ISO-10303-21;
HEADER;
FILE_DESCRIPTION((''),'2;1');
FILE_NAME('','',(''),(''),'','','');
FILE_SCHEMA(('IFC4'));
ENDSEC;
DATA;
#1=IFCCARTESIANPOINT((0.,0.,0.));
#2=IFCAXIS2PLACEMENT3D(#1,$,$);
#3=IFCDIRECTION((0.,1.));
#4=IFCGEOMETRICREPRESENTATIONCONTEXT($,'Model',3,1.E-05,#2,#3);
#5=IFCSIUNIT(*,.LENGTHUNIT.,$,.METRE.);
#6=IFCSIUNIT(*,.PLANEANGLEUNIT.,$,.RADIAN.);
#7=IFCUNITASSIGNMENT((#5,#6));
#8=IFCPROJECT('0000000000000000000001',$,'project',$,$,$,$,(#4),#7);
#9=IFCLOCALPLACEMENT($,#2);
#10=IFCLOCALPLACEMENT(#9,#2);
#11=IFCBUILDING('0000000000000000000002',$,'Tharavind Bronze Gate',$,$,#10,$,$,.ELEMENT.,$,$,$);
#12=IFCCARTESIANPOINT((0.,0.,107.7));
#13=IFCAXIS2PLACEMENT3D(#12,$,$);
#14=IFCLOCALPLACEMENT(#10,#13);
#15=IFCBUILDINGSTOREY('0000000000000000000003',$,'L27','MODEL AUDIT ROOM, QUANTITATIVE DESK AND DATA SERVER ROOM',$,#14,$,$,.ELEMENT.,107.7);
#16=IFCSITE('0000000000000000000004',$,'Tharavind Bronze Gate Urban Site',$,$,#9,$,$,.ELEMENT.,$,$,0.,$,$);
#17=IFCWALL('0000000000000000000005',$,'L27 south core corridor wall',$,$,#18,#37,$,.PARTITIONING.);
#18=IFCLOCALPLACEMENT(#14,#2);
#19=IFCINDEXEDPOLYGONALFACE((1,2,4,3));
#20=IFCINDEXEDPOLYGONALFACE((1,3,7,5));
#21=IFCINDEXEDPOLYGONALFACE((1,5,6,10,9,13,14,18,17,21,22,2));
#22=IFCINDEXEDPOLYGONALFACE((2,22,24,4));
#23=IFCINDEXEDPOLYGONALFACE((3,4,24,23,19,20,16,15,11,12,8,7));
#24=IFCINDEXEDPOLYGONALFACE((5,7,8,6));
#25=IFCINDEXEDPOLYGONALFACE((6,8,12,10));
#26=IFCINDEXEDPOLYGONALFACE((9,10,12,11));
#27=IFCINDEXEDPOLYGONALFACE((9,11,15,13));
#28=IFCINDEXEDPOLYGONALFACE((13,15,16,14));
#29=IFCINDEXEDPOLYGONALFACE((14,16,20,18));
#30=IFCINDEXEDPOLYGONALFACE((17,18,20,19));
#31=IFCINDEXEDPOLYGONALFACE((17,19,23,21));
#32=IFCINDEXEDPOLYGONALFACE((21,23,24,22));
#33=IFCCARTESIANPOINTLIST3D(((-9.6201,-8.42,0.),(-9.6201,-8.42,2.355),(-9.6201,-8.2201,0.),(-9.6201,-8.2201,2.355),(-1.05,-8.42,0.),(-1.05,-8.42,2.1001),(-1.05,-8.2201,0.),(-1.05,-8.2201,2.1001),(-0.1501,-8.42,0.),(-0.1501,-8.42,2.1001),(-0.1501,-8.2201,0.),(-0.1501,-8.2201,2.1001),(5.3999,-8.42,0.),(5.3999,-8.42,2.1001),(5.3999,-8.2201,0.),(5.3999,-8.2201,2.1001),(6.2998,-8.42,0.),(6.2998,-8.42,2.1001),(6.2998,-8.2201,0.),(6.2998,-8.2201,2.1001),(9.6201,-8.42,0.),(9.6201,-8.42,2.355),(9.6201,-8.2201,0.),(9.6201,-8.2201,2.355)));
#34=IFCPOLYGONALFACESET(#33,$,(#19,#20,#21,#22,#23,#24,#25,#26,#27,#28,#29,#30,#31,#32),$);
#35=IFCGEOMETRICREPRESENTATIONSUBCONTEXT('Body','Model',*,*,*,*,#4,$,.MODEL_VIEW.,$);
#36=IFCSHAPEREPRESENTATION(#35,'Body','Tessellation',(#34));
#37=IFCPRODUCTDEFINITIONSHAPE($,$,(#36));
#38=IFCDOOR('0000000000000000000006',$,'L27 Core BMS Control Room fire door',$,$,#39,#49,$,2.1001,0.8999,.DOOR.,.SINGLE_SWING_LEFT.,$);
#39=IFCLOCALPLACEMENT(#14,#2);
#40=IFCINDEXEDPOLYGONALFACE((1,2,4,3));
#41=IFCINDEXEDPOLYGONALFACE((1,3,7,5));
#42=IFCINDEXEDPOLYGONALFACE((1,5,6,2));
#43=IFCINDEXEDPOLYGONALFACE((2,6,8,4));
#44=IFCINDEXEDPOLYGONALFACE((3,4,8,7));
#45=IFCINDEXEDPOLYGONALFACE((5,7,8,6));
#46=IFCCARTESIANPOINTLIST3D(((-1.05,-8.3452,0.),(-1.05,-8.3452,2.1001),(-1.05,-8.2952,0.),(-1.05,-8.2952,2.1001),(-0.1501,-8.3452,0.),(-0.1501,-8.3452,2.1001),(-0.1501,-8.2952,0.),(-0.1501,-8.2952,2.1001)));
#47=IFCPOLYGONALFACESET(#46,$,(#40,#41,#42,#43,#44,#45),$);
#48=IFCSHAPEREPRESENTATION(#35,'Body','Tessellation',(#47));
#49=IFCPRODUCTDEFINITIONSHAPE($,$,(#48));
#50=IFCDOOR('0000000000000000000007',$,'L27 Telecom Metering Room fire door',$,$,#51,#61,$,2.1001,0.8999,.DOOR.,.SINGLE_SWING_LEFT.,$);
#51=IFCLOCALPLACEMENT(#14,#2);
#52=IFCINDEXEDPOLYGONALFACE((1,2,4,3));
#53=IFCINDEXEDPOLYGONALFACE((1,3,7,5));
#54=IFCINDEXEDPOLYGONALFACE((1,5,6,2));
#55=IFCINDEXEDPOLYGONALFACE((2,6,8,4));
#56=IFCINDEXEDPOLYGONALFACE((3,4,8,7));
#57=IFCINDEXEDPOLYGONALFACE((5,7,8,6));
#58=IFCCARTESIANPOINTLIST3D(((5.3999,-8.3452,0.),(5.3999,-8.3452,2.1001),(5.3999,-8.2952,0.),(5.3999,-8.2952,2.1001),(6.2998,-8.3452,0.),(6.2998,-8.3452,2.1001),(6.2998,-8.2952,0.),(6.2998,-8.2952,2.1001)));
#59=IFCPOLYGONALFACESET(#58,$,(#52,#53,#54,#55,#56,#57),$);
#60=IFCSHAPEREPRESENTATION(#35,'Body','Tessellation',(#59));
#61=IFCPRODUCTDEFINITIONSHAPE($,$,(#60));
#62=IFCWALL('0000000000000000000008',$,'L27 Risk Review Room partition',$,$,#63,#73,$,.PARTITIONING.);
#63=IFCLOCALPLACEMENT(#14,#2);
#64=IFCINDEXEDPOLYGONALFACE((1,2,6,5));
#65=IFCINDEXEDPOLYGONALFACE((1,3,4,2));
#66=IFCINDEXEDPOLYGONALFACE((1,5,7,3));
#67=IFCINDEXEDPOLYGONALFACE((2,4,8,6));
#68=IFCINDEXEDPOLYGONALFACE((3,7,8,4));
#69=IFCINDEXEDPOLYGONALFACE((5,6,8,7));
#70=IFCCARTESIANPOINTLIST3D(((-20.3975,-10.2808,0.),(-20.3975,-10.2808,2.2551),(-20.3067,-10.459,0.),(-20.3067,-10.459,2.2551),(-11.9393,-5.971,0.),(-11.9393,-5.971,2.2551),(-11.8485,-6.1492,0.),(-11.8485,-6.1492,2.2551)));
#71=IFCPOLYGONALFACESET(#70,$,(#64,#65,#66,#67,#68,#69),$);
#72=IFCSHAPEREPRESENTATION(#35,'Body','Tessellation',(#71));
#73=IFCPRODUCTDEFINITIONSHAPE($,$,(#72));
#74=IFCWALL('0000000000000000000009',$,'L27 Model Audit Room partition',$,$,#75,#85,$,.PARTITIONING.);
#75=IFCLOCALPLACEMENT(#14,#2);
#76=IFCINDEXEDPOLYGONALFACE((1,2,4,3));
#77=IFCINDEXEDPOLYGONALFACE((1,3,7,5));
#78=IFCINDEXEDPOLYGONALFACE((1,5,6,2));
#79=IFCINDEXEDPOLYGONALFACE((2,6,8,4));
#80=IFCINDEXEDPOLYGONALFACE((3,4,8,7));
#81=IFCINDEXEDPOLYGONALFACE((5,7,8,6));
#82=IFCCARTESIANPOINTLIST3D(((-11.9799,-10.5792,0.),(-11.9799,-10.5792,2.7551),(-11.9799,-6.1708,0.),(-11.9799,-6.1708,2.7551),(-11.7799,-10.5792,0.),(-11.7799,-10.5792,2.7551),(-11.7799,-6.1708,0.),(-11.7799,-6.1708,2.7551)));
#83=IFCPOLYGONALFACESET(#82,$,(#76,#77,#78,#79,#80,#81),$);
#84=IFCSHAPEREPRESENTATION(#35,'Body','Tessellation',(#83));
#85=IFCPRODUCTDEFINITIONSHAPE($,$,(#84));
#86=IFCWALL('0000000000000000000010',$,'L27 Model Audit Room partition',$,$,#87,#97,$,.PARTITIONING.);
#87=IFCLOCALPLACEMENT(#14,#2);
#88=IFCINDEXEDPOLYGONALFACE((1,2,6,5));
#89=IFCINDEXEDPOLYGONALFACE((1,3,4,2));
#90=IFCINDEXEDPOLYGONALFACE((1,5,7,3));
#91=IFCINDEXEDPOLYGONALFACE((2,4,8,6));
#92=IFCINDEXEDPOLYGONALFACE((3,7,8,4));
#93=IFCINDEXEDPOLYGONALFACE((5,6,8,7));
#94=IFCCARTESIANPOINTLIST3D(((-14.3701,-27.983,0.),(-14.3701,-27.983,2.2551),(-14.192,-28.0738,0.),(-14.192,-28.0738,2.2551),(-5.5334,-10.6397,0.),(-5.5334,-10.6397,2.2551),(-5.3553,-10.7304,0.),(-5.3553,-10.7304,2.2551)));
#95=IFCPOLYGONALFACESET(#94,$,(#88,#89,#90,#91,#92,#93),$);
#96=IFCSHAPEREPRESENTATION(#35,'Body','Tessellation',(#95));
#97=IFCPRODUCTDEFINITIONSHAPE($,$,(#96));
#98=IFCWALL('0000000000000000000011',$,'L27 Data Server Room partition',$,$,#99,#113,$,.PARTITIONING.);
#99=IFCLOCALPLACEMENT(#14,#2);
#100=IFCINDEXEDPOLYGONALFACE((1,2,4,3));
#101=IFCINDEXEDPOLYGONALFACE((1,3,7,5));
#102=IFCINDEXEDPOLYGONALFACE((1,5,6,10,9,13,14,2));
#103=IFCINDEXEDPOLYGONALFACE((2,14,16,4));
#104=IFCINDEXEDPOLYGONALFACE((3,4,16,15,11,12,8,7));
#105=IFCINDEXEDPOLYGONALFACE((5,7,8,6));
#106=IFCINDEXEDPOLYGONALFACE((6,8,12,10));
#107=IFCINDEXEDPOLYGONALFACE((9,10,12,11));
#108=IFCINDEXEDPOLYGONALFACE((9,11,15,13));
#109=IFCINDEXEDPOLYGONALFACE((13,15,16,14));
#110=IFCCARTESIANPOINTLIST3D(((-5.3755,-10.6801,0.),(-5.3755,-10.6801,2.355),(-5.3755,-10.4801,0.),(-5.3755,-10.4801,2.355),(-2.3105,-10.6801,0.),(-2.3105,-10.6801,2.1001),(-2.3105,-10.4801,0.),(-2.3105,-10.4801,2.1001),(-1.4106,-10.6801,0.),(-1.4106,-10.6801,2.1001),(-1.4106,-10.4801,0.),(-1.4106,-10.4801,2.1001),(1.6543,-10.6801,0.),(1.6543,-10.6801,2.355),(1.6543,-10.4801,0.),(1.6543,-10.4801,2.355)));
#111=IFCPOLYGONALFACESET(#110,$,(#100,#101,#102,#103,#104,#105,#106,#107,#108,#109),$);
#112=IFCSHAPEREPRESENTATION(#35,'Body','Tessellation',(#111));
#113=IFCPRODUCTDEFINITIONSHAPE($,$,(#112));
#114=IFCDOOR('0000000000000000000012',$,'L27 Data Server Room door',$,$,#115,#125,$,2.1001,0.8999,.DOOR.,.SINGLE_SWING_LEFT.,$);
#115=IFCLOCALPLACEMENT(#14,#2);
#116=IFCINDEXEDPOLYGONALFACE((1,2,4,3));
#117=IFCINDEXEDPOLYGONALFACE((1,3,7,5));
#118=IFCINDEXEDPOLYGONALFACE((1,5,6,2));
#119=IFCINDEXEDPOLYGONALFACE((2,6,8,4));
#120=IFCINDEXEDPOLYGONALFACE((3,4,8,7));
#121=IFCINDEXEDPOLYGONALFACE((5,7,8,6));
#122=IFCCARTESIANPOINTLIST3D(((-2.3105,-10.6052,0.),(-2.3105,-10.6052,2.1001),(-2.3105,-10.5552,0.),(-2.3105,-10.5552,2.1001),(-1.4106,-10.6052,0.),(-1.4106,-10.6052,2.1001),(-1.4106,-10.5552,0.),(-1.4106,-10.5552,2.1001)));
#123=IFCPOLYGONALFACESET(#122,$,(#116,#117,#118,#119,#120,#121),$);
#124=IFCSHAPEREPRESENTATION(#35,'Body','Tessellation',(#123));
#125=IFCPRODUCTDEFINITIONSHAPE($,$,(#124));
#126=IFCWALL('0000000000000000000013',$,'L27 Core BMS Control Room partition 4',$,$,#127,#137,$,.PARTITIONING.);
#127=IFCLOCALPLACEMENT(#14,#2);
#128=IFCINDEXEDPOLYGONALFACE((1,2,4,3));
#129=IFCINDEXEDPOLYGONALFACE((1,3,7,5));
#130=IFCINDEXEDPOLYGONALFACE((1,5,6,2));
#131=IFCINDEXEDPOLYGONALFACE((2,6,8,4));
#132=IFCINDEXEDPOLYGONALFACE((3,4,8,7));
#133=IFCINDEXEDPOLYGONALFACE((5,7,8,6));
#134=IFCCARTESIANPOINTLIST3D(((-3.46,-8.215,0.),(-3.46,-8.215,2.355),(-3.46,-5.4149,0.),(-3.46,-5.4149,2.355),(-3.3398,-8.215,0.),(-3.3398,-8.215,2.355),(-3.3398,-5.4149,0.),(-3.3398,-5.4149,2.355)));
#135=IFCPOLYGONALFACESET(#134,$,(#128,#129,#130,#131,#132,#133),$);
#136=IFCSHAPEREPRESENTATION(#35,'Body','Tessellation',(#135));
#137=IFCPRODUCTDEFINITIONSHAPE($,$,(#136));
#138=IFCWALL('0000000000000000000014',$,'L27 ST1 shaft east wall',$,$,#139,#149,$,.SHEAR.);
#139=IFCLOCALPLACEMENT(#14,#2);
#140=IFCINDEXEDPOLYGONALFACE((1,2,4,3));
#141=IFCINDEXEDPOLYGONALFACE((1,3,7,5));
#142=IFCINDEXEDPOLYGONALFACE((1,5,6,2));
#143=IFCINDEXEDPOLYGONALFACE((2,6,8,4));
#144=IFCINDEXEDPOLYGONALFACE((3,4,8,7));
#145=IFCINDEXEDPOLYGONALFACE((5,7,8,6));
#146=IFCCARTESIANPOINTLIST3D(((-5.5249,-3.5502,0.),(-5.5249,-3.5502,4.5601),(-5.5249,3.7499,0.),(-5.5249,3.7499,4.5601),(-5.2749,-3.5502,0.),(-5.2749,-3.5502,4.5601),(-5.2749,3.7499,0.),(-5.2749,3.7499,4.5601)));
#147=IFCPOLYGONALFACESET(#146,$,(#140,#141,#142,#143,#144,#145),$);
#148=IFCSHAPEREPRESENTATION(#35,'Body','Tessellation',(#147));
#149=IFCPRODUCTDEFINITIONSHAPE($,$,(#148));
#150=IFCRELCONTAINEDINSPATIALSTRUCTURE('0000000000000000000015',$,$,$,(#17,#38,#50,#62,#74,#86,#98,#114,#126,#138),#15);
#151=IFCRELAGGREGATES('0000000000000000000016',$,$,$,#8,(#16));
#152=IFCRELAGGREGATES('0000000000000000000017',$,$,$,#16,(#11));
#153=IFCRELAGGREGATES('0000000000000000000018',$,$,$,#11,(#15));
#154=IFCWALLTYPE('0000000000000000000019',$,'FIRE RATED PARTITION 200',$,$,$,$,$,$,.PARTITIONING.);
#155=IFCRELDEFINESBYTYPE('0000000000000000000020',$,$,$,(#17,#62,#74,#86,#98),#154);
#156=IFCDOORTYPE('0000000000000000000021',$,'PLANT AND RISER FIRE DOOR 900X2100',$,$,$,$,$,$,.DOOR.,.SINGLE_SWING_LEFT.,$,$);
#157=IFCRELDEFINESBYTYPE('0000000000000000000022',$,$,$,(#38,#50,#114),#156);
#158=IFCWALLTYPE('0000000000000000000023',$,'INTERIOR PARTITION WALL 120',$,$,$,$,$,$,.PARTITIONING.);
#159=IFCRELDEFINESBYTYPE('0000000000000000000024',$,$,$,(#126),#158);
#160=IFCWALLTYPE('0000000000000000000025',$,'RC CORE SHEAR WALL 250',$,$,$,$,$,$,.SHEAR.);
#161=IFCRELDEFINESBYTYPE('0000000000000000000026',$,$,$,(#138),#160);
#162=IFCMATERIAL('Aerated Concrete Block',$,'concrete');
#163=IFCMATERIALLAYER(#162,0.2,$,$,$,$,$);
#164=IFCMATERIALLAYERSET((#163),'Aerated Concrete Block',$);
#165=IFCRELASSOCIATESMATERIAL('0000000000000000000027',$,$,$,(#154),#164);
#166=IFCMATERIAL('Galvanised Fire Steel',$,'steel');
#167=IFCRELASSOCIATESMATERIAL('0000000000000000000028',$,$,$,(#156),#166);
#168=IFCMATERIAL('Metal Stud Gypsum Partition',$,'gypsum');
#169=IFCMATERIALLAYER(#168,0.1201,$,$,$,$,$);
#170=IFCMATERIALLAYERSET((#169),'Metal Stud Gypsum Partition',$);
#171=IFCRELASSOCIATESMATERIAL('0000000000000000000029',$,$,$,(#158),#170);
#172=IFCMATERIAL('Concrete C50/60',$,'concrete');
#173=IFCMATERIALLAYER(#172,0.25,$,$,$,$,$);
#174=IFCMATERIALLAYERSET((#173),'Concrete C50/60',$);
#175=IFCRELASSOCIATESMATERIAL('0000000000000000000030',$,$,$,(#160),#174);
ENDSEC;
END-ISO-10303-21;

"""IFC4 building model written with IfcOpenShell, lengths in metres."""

from ifc_helpers import new_model, si_unit, direction, frame, frame_2d, origin, place, context, subcontext, project, spatial, rectangle, extrude, material, layer, layer_set, type_object, element, fill, save


model = new_model("IFC4")

# Units and contexts
model_context = context("Model", 3, precision=1e-05, world=origin(), true_north=direction((0.0, 1.0)))
body_context = subcontext(model_context, "Body", "Model", "MODEL_VIEW")
ifc_project = project(units=[si_unit("LENGTHUNIT", "METRE"), si_unit("PLANEANGLEUNIT", "RADIAN")], contexts=[model_context])

# Site, building, storey
site_placement = place(None, origin())
site = spatial("IfcSite", under=ifc_project, at=site_placement, Name="Tharavind Bronze Gate Urban Site", CompositionType="ELEMENT", RefElevation=0.0)
building_placement = place(site_placement, origin())
building = spatial("IfcBuilding", under=site, at=building_placement, Name="Tharavind Bronze Gate", CompositionType="ELEMENT")
storey_placement = place(building_placement, frame((0.0, 0.0, 107.7)))
storey = spatial("IfcBuildingStorey", under=building, at=storey_placement, Name="L27", Description="MODEL AUDIT ROOM, QUANTITATIVE DESK AND DATA SERVER ROOM", CompositionType="ELEMENT", Elevation=107.7)

# Wall, openings, doors
ifc_material_1 = material(Name="Aerated Concrete Block", Category="concrete")
ifc_layer_1 = layer(ifc_material_1, 0.2)
ifc_layer_set_1 = layer_set([ifc_layer_1], Name="Aerated Concrete Block")
wall_type_1 = type_object("IfcWallType", Name="FIRE RATED PARTITION 200", PredefinedType="PARTITIONING", material=ifc_layer_set_1)
wall_1_placement = place(storey_placement, frame((-9.6201, -8.3201, 0.0), z_axis=(0.0, 0.0, 1.0), x_axis=(1.0, 0.0, 0.0)))
wall_1 = element("IfcWall", 1, at=wall_1_placement, inside=storey, type_object=wall_type_1, Name="L27 south core corridor wall", PredefinedType="PARTITIONING", context=body_context, shape_type="SweptSolid", body=[
    extrude(rectangle(XDim=19.2402, YDim=0.2, at=frame_2d((9.6201, 0.0))), origin(), (0.0, 0.0, 1.0), 2.355),
])
opening_1_placement = place(wall_1_placement, frame((8.5701, 0.0, 0.0)))
opening_1 = element("IfcOpeningElement", 2, at=opening_1_placement, cuts=wall_1, PredefinedType="OPENING", context=body_context, shape_type="SweptSolid", body=[
    extrude(rectangle(XDim=0.8999, YDim=2.1001, at=frame_2d((0.45, 1.05))), frame((0.0, 0.1101, 0.0), z_axis=(0.0, -1.0, 0.0), x_axis=(1.0, 0.0, 0.0)), (0.0, 0.0, 1.0), 0.22),
])
opening_2_placement = place(wall_1_placement, frame((15.02, 0.0, 0.0)))
opening_2 = element("IfcOpeningElement", 3, at=opening_2_placement, cuts=wall_1, PredefinedType="OPENING", context=body_context, shape_type="SweptSolid", body=[
    extrude(rectangle(XDim=0.8999, YDim=2.1001, at=frame_2d((0.45, 1.05))), frame((0.0, 0.1101, 0.0), z_axis=(0.0, -1.0, 0.0), x_axis=(1.0, 0.0, 0.0)), (0.0, 0.0, 1.0), 0.22),
])
ifc_material_2 = material(Name="Galvanised Fire Steel", Category="steel")
door_type_1 = type_object("IfcDoorType", Name="PLANT AND RISER FIRE DOOR 900X2100", OperationType="SINGLE_SWING_LEFT", PredefinedType="DOOR", material=ifc_material_2)
door_1_placement = place(opening_1_placement, origin())
door_1 = element("IfcDoor", 4, at=door_1_placement, inside=storey, type_object=door_type_1, Name="L27 Core BMS Control Room fire door", OperationType="SINGLE_SWING_LEFT", OverallHeight=2.1001, OverallWidth=0.8999, PredefinedType="DOOR", context=body_context, shape_type="SweptSolid", body=[
    extrude(rectangle(XDim=0.8999, YDim=2.1001, at=frame_2d((0.45, 1.05))), frame((0.0, 0.0249, 0.0), z_axis=(0.0, -1.0, 0.0), x_axis=(1.0, 0.0, 0.0)), (0.0, 0.0, 1.0), 0.05),
])
fill(opening_1, door_1)
door_2_placement = place(opening_2_placement, origin())
door_2 = element("IfcDoor", 5, at=door_2_placement, inside=storey, type_object=door_type_1, Name="L27 Telecom Metering Room fire door", OperationType="SINGLE_SWING_LEFT", OverallHeight=2.1001, OverallWidth=0.8999, PredefinedType="DOOR", context=body_context, shape_type="SweptSolid", body=[
    extrude(rectangle(XDim=0.8999, YDim=2.1001, at=frame_2d((0.45, 1.05))), frame((0.0, 0.0249, 0.0), z_axis=(0.0, -1.0, 0.0), x_axis=(1.0, 0.0, 0.0)), (0.0, 0.0, 1.0), 0.05),
])
fill(opening_2, door_2)

# Walls
wall_2_placement = place(storey_placement, frame((-11.8938, -6.0601, 0.0), z_axis=(0.0, 0.0, 1.0), x_axis=(-0.891001, -0.454001, 0.0)))
element("IfcWall", 6, at=wall_2_placement, inside=storey, type_object=wall_type_1, Name="L27 Risk Review Room partition", PredefinedType="PARTITIONING", context=body_context, shape_type="SweptSolid", body=[
    extrude(rectangle(XDim=9.4929, YDim=0.2, at=frame_2d((4.7466, 0.0))), origin(), (0.0, 0.0, 1.0), 2.2551),
])
wall_3_placement = place(storey_placement, frame((-11.8799, -6.1709, 0.0), z_axis=(0.0, 0.0, 1.0), x_axis=(0.0, -1.0, 0.0)))
element("IfcWall", 7, at=wall_3_placement, inside=storey, type_object=wall_type_1, Name="L27 Model Audit Room partition", PredefinedType="PARTITIONING", context=body_context, shape_type="SweptSolid", body=[
    extrude(rectangle(XDim=4.4084, YDim=0.2, at=frame_2d((2.2041, 0.0))), origin(), (0.0, 0.0, 1.0), 2.7551),
])

# Wall
wall_4_placement = place(storey_placement, frame((-5.4443, -10.6851, 0.0), z_axis=(0.0, 0.0, 1.0), x_axis=(-0.453984, -0.89101, 0.0)))
element("IfcWall", 8, at=wall_4_placement, inside=storey, type_object=wall_type_1, Name="L27 Model Audit Room partition", PredefinedType="PARTITIONING", context=body_context, shape_type="SweptSolid", body=[
    extrude(rectangle(XDim=19.4648, YDim=0.2, at=frame_2d((9.7324, 0.0))), origin(), (0.0, 0.0, 1.0), 2.2551),
])

# Wall, opening, door
wall_5_placement = place(storey_placement, frame((-5.3755, -10.5801, 0.0), z_axis=(0.0, 0.0, 1.0), x_axis=(1.0, 0.0, 0.0)))
wall_5 = element("IfcWall", 9, at=wall_5_placement, inside=storey, type_object=wall_type_1, Name="L27 Data Server Room partition", PredefinedType="PARTITIONING", context=body_context, shape_type="SweptSolid", body=[
    extrude(rectangle(XDim=7.0298, YDim=0.2, at=frame_2d((3.5149, 0.0))), origin(), (0.0, 0.0, 1.0), 2.355),
])
opening_3_placement = place(wall_5_placement, frame((3.0649, 0.0, 0.0)))
opening_3 = element("IfcOpeningElement", 10, at=opening_3_placement, cuts=wall_5, PredefinedType="OPENING", context=body_context, shape_type="SweptSolid", body=[
    extrude(rectangle(XDim=0.8999, YDim=2.1001, at=frame_2d((0.45, 1.05))), frame((0.0, 0.1101, 0.0), z_axis=(0.0, -1.0, 0.0), x_axis=(1.0, 0.0, 0.0)), (0.0, 0.0, 1.0), 0.22),
])
door_3_placement = place(opening_3_placement, origin())
door_3 = element("IfcDoor", 11, at=door_3_placement, inside=storey, type_object=door_type_1, Name="L27 Data Server Room door", OperationType="SINGLE_SWING_LEFT", OverallHeight=2.1001, OverallWidth=0.8999, PredefinedType="DOOR", context=body_context, shape_type="SweptSolid", body=[
    extrude(rectangle(XDim=0.8999, YDim=2.1001, at=frame_2d((0.45, 1.05))), frame((0.0, 0.0249, 0.0), z_axis=(0.0, -1.0, 0.0), x_axis=(1.0, 0.0, 0.0)), (0.0, 0.0, 1.0), 0.05),
])
fill(opening_3, door_3)

# Walls
ifc_material_3 = material(Name="Metal Stud Gypsum Partition", Category="gypsum")
ifc_layer_2 = layer(ifc_material_3, 0.1201)
ifc_layer_set_2 = layer_set([ifc_layer_2], Name="Metal Stud Gypsum Partition")
wall_type_2 = type_object("IfcWallType", Name="INTERIOR PARTITION WALL 120", PredefinedType="PARTITIONING", material=ifc_layer_set_2)
wall_6_placement = place(storey_placement, frame((-3.3999, -5.415, 0.0), z_axis=(0.0, 0.0, 1.0), x_axis=(0.0, -1.0, 0.0)))
element("IfcWall", 12, at=wall_6_placement, inside=storey, type_object=wall_type_2, Name="L27 Core BMS Control Room partition 4", PredefinedType="PARTITIONING", context=body_context, shape_type="SweptSolid", body=[
    extrude(rectangle(XDim=2.8, YDim=0.1201, at=frame_2d((1.3999, 0.0))), origin(), (0.0, 0.0, 1.0), 2.355),
])
ifc_material_4 = material(Name="Concrete C50/60", Category="concrete")
ifc_layer_3 = layer(ifc_material_4, 0.25)
ifc_layer_set_3 = layer_set([ifc_layer_3], Name="Concrete C50/60")
wall_type_3 = type_object("IfcWallType", Name="RC CORE SHEAR WALL 250", PredefinedType="SHEAR", material=ifc_layer_set_3)
wall_7_placement = place(storey_placement, frame((-5.3999, -3.55, 0.0), z_axis=(0.0, 0.0, 1.0), x_axis=(0.0, 1.0, 0.0)))
element("IfcWall", 13, at=wall_7_placement, inside=storey, type_object=wall_type_3, Name="L27 ST1 shaft east wall", PredefinedType="SHEAR", context=body_context, shape_type="SweptSolid", body=[
    extrude(rectangle(XDim=7.3, YDim=0.25, at=frame_2d((3.6499, 0.0))), origin(), (0.0, 0.0, 1.0), 4.5601),
])

save(model, "model.ifc")
